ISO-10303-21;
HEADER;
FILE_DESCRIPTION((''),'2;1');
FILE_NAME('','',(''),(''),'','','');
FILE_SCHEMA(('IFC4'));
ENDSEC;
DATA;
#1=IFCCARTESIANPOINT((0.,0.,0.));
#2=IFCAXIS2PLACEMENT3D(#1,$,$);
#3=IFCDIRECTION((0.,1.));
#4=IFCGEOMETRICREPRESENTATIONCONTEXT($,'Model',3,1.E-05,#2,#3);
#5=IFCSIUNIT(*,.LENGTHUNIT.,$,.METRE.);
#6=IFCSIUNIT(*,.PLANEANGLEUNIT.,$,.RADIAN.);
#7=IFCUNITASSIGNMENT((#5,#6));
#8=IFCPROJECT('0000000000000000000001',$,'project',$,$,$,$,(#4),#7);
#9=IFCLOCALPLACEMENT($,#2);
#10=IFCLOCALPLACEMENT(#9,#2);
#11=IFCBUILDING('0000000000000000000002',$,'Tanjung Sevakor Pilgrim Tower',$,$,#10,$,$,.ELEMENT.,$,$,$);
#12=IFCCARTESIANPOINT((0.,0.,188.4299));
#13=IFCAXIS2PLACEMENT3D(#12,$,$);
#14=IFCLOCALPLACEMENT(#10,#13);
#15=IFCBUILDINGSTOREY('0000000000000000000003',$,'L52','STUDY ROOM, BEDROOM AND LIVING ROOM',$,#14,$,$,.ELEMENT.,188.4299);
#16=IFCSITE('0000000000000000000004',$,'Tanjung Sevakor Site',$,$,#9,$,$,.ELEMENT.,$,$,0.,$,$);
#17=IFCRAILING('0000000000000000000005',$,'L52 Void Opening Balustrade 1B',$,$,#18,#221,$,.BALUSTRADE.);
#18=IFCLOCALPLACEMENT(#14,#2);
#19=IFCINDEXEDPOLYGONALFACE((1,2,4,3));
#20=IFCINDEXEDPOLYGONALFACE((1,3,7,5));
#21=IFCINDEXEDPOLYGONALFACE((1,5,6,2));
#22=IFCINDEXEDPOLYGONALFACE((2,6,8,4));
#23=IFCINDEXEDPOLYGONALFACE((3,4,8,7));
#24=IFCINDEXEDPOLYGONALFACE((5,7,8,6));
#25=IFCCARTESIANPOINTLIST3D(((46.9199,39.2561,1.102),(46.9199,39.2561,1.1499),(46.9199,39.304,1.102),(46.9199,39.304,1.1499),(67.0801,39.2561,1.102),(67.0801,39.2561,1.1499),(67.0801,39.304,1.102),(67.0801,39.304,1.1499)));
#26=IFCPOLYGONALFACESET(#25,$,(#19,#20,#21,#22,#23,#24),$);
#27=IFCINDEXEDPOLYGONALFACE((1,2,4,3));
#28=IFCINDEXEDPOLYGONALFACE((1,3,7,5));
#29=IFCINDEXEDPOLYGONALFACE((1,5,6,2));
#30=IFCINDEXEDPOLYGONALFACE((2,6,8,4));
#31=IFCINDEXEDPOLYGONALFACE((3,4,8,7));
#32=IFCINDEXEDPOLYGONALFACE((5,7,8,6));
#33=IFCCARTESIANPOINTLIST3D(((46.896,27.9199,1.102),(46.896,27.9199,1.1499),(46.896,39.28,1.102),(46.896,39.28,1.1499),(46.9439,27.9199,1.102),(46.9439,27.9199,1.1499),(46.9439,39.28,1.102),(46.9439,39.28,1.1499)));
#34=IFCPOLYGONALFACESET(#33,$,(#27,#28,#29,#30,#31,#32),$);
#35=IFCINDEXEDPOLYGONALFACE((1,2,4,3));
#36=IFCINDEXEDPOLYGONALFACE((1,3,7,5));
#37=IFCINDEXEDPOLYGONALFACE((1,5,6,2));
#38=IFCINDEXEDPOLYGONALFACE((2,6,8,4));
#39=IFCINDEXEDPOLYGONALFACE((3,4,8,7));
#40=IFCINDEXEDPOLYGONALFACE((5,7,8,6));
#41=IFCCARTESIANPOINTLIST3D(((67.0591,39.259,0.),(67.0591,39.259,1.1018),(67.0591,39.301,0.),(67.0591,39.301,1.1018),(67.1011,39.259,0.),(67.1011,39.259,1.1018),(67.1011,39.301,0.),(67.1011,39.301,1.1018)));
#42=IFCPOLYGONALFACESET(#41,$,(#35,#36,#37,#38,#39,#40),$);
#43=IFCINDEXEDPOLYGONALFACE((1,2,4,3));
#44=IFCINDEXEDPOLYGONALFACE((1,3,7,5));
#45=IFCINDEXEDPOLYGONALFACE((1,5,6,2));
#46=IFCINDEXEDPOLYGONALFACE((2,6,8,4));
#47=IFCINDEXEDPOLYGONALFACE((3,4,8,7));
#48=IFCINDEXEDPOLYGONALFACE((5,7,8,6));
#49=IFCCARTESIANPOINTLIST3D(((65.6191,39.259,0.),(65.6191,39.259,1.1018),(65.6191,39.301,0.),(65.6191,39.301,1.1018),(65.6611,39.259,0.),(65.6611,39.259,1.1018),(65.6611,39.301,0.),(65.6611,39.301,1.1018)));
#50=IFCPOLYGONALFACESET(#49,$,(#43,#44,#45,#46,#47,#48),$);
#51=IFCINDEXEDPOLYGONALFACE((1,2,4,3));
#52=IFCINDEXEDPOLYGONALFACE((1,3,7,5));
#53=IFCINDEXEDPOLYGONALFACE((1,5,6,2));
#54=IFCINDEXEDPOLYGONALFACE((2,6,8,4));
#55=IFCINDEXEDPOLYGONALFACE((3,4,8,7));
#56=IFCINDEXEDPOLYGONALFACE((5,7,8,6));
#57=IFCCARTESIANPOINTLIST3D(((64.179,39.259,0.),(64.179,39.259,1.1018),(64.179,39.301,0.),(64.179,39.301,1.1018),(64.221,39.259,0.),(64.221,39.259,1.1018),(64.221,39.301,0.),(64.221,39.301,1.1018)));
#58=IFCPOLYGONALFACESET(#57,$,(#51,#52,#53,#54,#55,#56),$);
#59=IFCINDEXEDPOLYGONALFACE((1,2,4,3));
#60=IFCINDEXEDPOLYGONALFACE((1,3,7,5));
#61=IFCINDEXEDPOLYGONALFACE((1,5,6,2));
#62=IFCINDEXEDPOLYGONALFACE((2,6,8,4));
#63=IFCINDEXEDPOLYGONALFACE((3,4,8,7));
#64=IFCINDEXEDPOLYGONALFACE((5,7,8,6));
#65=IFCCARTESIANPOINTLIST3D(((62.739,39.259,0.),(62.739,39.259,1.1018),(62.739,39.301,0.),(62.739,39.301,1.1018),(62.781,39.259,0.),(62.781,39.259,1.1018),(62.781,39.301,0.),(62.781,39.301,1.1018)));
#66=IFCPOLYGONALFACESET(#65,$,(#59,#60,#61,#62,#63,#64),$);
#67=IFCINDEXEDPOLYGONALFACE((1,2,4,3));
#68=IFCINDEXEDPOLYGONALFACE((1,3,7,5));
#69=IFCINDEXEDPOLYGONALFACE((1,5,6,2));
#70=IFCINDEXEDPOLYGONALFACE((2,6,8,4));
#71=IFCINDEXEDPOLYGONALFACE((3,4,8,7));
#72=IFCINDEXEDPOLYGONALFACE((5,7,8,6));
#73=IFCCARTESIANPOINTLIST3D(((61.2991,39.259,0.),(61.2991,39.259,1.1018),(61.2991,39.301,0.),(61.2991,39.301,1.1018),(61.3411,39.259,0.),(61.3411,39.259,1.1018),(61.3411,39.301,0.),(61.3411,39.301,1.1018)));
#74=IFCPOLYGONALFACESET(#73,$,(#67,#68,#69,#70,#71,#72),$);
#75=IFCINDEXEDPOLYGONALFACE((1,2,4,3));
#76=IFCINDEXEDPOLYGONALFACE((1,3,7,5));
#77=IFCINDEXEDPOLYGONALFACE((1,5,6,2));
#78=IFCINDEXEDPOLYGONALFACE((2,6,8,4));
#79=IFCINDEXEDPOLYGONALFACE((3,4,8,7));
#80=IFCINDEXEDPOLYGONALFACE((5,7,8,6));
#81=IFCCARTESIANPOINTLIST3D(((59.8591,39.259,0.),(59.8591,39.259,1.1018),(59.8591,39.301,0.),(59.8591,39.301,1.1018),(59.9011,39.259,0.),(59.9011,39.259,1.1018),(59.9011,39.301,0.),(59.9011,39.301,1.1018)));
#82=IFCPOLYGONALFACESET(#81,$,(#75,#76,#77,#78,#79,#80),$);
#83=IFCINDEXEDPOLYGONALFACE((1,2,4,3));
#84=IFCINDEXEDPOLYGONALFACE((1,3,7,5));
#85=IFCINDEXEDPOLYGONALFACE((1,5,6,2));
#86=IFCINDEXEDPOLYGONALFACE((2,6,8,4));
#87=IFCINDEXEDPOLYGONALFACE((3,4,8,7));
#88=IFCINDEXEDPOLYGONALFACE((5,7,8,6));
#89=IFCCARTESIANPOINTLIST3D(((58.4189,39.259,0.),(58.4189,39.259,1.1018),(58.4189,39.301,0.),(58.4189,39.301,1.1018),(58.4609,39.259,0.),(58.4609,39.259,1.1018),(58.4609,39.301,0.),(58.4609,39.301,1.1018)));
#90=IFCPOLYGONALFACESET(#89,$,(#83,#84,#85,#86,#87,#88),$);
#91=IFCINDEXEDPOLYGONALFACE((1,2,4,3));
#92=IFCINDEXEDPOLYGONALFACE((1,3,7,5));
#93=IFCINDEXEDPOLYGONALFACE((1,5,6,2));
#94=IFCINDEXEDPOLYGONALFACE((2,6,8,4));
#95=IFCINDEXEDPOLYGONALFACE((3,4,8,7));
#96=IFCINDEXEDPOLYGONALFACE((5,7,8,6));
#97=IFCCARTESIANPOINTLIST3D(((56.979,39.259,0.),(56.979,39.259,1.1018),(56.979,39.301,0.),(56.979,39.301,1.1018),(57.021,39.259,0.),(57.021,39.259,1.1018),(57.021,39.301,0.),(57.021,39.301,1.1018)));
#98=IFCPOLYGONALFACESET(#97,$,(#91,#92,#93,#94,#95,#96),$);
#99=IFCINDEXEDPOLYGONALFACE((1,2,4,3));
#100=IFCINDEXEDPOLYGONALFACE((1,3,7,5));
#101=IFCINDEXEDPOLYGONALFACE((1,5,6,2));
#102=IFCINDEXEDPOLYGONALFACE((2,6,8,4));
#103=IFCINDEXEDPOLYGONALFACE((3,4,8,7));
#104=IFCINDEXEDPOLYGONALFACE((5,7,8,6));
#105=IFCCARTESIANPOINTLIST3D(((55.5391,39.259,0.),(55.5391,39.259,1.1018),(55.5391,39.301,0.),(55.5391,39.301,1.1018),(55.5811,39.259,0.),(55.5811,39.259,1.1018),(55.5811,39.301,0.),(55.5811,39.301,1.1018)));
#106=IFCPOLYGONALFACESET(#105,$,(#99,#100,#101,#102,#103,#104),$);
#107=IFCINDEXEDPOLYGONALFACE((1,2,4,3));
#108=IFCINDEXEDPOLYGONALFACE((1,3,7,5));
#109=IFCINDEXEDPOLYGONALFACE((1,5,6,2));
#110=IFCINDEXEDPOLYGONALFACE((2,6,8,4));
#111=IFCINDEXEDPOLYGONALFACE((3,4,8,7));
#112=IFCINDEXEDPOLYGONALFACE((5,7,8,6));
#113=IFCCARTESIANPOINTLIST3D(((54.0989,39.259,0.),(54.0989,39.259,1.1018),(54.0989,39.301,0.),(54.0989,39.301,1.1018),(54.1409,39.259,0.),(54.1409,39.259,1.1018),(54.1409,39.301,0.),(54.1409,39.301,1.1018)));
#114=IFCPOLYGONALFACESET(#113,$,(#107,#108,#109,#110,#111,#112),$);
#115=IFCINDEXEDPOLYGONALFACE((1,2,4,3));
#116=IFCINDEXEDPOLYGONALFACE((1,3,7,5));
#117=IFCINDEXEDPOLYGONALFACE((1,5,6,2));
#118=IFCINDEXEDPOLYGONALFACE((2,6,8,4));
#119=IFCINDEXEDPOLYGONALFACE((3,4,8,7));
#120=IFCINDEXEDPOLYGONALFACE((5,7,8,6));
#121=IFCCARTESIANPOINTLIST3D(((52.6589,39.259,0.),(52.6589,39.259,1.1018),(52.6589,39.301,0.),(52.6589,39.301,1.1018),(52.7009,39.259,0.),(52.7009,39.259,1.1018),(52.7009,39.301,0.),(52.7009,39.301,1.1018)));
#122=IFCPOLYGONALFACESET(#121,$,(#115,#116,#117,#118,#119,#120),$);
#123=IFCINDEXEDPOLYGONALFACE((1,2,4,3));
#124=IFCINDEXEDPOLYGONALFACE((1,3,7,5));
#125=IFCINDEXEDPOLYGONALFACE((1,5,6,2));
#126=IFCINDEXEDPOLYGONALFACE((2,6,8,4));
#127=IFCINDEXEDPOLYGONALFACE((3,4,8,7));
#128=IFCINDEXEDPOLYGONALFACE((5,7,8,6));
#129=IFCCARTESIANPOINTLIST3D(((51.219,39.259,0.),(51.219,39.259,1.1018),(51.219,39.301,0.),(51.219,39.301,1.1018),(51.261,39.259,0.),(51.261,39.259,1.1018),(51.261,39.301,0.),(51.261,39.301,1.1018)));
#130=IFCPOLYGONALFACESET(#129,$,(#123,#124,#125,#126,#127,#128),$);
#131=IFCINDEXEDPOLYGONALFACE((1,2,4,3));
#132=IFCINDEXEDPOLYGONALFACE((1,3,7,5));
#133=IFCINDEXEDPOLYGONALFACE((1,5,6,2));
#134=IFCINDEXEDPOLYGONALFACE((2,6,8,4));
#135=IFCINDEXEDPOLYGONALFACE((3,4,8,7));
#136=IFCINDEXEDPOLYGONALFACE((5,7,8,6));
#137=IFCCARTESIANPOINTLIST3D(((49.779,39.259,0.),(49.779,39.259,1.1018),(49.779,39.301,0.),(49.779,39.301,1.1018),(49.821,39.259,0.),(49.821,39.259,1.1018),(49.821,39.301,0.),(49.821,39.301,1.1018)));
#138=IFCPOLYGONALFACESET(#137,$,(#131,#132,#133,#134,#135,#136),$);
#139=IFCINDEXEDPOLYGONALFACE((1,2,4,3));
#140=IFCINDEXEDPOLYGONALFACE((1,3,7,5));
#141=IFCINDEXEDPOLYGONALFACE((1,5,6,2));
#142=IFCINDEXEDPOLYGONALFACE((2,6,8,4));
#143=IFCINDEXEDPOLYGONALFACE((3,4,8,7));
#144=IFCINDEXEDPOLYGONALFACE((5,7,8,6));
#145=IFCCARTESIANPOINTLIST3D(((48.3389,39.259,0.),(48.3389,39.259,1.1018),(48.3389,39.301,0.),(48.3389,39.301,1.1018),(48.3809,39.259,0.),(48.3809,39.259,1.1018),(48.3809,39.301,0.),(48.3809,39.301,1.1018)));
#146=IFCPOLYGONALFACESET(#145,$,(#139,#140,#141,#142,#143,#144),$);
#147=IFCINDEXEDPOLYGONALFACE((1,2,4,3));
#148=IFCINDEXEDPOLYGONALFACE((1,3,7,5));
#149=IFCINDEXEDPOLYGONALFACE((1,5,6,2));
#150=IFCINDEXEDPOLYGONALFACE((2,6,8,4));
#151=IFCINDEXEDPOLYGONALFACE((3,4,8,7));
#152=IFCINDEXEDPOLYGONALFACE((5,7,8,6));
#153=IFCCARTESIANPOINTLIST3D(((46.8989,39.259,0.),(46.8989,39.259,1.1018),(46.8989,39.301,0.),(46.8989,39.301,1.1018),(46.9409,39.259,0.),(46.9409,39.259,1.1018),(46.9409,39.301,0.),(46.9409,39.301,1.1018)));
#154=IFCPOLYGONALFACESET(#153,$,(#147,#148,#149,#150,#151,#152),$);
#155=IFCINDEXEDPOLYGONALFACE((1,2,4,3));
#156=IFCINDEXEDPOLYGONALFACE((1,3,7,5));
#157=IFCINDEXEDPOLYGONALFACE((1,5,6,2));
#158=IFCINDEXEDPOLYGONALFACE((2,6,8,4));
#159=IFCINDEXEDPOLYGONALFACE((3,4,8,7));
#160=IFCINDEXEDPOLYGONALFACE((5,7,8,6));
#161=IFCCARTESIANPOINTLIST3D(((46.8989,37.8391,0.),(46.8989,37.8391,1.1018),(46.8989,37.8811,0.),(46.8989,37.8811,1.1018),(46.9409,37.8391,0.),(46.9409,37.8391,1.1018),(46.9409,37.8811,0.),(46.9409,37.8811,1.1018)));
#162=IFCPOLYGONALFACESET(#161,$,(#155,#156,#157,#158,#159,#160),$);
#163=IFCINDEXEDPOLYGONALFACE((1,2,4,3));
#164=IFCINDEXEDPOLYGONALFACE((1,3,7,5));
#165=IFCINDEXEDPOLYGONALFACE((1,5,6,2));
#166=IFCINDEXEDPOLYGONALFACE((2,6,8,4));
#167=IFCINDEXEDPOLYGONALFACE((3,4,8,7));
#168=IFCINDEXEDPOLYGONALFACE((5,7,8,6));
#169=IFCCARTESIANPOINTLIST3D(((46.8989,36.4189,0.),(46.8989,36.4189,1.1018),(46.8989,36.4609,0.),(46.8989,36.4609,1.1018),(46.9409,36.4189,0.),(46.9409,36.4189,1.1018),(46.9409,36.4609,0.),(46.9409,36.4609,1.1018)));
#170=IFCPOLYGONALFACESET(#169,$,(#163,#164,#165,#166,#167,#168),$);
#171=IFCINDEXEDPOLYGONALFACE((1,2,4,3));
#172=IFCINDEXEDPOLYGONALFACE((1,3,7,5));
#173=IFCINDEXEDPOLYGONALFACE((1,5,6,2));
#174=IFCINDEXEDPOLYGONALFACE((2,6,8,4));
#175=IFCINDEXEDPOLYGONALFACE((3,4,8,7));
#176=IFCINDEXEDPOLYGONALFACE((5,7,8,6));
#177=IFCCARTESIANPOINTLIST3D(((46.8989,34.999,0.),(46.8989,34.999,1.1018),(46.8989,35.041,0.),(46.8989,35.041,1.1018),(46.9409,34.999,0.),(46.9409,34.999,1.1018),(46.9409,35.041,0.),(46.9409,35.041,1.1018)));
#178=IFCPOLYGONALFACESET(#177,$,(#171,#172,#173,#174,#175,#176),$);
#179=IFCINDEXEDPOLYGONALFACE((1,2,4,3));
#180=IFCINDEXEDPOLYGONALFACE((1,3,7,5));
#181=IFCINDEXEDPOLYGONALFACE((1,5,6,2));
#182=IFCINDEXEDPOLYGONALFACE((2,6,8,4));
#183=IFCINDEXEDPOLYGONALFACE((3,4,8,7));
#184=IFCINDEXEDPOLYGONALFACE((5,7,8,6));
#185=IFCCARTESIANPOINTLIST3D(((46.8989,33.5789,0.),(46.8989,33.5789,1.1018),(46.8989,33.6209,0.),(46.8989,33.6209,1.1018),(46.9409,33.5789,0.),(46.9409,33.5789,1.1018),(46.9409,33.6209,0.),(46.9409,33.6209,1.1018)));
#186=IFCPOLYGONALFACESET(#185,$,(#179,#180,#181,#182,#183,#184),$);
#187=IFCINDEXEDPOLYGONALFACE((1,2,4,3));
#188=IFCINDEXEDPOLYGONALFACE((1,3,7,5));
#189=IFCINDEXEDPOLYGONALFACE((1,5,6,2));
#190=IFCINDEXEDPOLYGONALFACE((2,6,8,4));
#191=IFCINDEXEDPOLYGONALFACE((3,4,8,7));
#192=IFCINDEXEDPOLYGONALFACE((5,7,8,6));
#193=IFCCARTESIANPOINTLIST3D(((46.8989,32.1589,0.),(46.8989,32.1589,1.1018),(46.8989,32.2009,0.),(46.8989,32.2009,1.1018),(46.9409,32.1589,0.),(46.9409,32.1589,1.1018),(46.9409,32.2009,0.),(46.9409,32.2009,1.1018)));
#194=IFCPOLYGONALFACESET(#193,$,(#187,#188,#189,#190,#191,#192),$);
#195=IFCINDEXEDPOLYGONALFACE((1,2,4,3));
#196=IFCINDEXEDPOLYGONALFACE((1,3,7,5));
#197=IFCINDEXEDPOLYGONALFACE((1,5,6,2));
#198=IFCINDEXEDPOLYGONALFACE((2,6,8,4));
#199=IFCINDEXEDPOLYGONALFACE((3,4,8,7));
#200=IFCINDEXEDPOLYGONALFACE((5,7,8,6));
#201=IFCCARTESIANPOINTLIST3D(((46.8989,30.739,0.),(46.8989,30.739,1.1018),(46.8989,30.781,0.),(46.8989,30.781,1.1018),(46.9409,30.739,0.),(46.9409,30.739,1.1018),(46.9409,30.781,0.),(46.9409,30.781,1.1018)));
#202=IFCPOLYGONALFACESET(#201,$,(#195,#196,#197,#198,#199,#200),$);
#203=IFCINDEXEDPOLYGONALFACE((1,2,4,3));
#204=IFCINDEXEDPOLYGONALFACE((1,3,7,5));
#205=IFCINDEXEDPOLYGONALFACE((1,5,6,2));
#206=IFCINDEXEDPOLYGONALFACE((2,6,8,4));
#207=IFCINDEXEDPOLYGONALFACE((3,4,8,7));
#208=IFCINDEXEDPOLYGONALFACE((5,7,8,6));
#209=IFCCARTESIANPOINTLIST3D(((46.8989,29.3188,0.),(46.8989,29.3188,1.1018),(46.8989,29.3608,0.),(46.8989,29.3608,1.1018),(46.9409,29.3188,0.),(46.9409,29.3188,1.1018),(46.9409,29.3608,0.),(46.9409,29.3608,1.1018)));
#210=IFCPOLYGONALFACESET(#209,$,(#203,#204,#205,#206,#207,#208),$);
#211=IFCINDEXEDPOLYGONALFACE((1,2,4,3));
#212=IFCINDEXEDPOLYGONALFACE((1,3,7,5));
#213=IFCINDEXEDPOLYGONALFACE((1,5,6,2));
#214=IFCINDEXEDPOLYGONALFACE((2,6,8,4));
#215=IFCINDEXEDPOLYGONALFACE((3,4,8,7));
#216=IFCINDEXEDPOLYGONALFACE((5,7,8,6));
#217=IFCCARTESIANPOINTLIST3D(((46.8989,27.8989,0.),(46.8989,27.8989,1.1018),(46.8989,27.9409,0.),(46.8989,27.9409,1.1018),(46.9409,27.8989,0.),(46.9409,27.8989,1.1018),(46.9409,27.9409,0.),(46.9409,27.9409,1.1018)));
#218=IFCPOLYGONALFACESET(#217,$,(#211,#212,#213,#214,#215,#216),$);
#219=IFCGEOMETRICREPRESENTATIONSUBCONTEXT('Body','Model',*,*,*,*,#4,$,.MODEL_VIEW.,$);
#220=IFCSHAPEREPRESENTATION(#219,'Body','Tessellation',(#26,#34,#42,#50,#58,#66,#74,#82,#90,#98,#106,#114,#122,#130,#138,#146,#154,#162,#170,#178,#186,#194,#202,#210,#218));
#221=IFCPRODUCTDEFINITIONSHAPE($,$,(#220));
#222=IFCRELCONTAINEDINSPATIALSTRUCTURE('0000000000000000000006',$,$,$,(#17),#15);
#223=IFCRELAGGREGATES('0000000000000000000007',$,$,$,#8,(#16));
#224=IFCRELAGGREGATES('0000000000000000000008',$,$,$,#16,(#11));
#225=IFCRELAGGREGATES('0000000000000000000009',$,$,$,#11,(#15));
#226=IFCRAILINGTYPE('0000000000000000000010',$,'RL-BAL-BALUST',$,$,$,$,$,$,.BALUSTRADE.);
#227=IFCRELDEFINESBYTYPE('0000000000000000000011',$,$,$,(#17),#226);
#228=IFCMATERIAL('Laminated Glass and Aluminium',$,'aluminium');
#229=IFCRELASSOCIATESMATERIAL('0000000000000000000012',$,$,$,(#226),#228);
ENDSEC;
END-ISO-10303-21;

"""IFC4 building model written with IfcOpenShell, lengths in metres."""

from ifc_helpers import new_model, si_unit, direction, frame, origin, place, context, subcontext, project, spatial, rectangle, extrude, material, type_object, element, save


model = new_model("IFC4")

# Units and contexts
model_context = context("Model", 3, precision=1e-05, world=origin(), true_north=direction((0.0, 1.0)))
body_context = subcontext(model_context, "Body", "Model", "MODEL_VIEW")
ifc_project = project(units=[si_unit("LENGTHUNIT", "METRE"), si_unit("PLANEANGLEUNIT", "RADIAN")], contexts=[model_context])

# Site, building, storey
site_placement = place(None, origin())
site = spatial("IfcSite", under=ifc_project, at=site_placement, Name="Tanjung Sevakor Site", CompositionType="ELEMENT", RefElevation=0.0)
building_placement = place(site_placement, origin())
building = spatial("IfcBuilding", under=site, at=building_placement, Name="Tanjung Sevakor Pilgrim Tower", CompositionType="ELEMENT")
storey_placement = place(building_placement, frame((0.0, 0.0, 188.4299)))
storey = spatial("IfcBuildingStorey", under=building, at=storey_placement, Name="L52", Description="STUDY ROOM, BEDROOM AND LIVING ROOM", CompositionType="ELEMENT", Elevation=188.4299)

# Railing
ifc_material_1 = material(Name="Laminated Glass and Aluminium", Category="aluminium")
railing_type = type_object("IfcRailingType", Name="RL-BAL-BALUST", PredefinedType="BALUSTRADE", material=ifc_material_1)
railing_placement = place(storey_placement, frame((67.0801, 39.28, 0.0)))
element("IfcRailing", 1, at=railing_placement, inside=storey, type_object=railing_type, Name="L52 Void Opening Balustrade 1B", PredefinedType="BALUSTRADE", context=body_context, shape_type="SweptSolid", body=[
    extrude(rectangle(XDim=0.0479, YDim=0.0479), frame((0.0, 0.0, 1.126), z_axis=(-1.0, 0.0, 0.0), x_axis=(0.0, -1.0, 0.0)), (0.0, 0.0, 1.0), 20.1602),
    extrude(rectangle(XDim=0.0479, YDim=0.0479), frame((-20.1602, 0.0, 1.126), z_axis=(0.0, -1.0, 0.0), x_axis=(1.0, 0.0, 0.0)), (0.0, 0.0, 1.0), 11.3601),
    extrude(rectangle(XDim=0.042, YDim=0.042), origin(), (0.0, 0.0, 1.0), 1.1018),
    extrude(rectangle(XDim=0.042, YDim=0.042), frame((-1.4399, 0.0, 0.0)), (0.0, 0.0, 1.0), 1.1018),
    extrude(rectangle(XDim=0.042, YDim=0.042), frame((-2.8801, 0.0, 0.0)), (0.0, 0.0, 1.0), 1.1018),
    extrude(rectangle(XDim=0.042, YDim=0.042), frame((-4.3201, 0.0, 0.0)), (0.0, 0.0, 1.0), 1.1018),
    extrude(rectangle(XDim=0.042, YDim=0.042), frame((-5.76, 0.0, 0.0)), (0.0, 0.0, 1.0), 1.1018),
    extrude(rectangle(XDim=0.042, YDim=0.042), frame((-7.2, 0.0, 0.0)), (0.0, 0.0, 1.0), 1.1018),
    extrude(rectangle(XDim=0.042, YDim=0.042), frame((-8.6401, 0.0, 0.0)), (0.0, 0.0, 1.0), 1.1018),
    extrude(rectangle(XDim=0.042, YDim=0.042), frame((-10.0801, 0.0, 0.0)), (0.0, 0.0, 1.0), 1.1018),
    extrude(rectangle(XDim=0.042, YDim=0.042), frame((-11.52, 0.0, 0.0)), (0.0, 0.0, 1.0), 1.1018),
    extrude(rectangle(XDim=0.042, YDim=0.042), frame((-12.9602, 0.0, 0.0)), (0.0, 0.0, 1.0), 1.1018),
    extrude(rectangle(XDim=0.042, YDim=0.042), frame((-14.4001, 0.0, 0.0)), (0.0, 0.0, 1.0), 1.1018),
    extrude(rectangle(XDim=0.042, YDim=0.042), frame((-15.8401, 0.0, 0.0)), (0.0, 0.0, 1.0), 1.1018),
    extrude(rectangle(XDim=0.042, YDim=0.042), frame((-17.28, 0.0, 0.0)), (0.0, 0.0, 1.0), 1.1018),
    extrude(rectangle(XDim=0.042, YDim=0.042), frame((-18.7202, 0.0, 0.0)), (0.0, 0.0, 1.0), 1.1018),
    extrude(rectangle(XDim=0.042, YDim=0.042), frame((-20.1602, 0.0, 0.0)), (0.0, 0.0, 1.0), 1.1018),
    extrude(rectangle(XDim=0.042, YDim=0.042), frame((-20.1602, -1.4199, 0.0)), (0.0, 0.0, 1.0), 1.1018),
    extrude(rectangle(XDim=0.042, YDim=0.042), frame((-20.1602, -2.8401, 0.0)), (0.0, 0.0, 1.0), 1.1018),
    extrude(rectangle(XDim=0.042, YDim=0.042), frame((-20.1602, -4.26, 0.0)), (0.0, 0.0, 1.0), 1.1018),
    extrude(rectangle(XDim=0.042, YDim=0.042), frame((-20.1602, -5.6802, 0.0)), (0.0, 0.0, 1.0), 1.1018),
    extrude(rectangle(XDim=0.042, YDim=0.042), frame((-20.1602, -7.1001, 0.0)), (0.0, 0.0, 1.0), 1.1018),
    extrude(rectangle(XDim=0.042, YDim=0.042), frame((-20.1602, -8.52, 0.0)), (0.0, 0.0, 1.0), 1.1018),
    extrude(rectangle(XDim=0.042, YDim=0.042), frame((-20.1602, -9.9402, 0.0)), (0.0, 0.0, 1.0), 1.1018),
    extrude(rectangle(XDim=0.042, YDim=0.042), frame((-20.1602, -11.3601, 0.0)), (0.0, 0.0, 1.0), 1.1018),
])

save(model, "model.ifc")
